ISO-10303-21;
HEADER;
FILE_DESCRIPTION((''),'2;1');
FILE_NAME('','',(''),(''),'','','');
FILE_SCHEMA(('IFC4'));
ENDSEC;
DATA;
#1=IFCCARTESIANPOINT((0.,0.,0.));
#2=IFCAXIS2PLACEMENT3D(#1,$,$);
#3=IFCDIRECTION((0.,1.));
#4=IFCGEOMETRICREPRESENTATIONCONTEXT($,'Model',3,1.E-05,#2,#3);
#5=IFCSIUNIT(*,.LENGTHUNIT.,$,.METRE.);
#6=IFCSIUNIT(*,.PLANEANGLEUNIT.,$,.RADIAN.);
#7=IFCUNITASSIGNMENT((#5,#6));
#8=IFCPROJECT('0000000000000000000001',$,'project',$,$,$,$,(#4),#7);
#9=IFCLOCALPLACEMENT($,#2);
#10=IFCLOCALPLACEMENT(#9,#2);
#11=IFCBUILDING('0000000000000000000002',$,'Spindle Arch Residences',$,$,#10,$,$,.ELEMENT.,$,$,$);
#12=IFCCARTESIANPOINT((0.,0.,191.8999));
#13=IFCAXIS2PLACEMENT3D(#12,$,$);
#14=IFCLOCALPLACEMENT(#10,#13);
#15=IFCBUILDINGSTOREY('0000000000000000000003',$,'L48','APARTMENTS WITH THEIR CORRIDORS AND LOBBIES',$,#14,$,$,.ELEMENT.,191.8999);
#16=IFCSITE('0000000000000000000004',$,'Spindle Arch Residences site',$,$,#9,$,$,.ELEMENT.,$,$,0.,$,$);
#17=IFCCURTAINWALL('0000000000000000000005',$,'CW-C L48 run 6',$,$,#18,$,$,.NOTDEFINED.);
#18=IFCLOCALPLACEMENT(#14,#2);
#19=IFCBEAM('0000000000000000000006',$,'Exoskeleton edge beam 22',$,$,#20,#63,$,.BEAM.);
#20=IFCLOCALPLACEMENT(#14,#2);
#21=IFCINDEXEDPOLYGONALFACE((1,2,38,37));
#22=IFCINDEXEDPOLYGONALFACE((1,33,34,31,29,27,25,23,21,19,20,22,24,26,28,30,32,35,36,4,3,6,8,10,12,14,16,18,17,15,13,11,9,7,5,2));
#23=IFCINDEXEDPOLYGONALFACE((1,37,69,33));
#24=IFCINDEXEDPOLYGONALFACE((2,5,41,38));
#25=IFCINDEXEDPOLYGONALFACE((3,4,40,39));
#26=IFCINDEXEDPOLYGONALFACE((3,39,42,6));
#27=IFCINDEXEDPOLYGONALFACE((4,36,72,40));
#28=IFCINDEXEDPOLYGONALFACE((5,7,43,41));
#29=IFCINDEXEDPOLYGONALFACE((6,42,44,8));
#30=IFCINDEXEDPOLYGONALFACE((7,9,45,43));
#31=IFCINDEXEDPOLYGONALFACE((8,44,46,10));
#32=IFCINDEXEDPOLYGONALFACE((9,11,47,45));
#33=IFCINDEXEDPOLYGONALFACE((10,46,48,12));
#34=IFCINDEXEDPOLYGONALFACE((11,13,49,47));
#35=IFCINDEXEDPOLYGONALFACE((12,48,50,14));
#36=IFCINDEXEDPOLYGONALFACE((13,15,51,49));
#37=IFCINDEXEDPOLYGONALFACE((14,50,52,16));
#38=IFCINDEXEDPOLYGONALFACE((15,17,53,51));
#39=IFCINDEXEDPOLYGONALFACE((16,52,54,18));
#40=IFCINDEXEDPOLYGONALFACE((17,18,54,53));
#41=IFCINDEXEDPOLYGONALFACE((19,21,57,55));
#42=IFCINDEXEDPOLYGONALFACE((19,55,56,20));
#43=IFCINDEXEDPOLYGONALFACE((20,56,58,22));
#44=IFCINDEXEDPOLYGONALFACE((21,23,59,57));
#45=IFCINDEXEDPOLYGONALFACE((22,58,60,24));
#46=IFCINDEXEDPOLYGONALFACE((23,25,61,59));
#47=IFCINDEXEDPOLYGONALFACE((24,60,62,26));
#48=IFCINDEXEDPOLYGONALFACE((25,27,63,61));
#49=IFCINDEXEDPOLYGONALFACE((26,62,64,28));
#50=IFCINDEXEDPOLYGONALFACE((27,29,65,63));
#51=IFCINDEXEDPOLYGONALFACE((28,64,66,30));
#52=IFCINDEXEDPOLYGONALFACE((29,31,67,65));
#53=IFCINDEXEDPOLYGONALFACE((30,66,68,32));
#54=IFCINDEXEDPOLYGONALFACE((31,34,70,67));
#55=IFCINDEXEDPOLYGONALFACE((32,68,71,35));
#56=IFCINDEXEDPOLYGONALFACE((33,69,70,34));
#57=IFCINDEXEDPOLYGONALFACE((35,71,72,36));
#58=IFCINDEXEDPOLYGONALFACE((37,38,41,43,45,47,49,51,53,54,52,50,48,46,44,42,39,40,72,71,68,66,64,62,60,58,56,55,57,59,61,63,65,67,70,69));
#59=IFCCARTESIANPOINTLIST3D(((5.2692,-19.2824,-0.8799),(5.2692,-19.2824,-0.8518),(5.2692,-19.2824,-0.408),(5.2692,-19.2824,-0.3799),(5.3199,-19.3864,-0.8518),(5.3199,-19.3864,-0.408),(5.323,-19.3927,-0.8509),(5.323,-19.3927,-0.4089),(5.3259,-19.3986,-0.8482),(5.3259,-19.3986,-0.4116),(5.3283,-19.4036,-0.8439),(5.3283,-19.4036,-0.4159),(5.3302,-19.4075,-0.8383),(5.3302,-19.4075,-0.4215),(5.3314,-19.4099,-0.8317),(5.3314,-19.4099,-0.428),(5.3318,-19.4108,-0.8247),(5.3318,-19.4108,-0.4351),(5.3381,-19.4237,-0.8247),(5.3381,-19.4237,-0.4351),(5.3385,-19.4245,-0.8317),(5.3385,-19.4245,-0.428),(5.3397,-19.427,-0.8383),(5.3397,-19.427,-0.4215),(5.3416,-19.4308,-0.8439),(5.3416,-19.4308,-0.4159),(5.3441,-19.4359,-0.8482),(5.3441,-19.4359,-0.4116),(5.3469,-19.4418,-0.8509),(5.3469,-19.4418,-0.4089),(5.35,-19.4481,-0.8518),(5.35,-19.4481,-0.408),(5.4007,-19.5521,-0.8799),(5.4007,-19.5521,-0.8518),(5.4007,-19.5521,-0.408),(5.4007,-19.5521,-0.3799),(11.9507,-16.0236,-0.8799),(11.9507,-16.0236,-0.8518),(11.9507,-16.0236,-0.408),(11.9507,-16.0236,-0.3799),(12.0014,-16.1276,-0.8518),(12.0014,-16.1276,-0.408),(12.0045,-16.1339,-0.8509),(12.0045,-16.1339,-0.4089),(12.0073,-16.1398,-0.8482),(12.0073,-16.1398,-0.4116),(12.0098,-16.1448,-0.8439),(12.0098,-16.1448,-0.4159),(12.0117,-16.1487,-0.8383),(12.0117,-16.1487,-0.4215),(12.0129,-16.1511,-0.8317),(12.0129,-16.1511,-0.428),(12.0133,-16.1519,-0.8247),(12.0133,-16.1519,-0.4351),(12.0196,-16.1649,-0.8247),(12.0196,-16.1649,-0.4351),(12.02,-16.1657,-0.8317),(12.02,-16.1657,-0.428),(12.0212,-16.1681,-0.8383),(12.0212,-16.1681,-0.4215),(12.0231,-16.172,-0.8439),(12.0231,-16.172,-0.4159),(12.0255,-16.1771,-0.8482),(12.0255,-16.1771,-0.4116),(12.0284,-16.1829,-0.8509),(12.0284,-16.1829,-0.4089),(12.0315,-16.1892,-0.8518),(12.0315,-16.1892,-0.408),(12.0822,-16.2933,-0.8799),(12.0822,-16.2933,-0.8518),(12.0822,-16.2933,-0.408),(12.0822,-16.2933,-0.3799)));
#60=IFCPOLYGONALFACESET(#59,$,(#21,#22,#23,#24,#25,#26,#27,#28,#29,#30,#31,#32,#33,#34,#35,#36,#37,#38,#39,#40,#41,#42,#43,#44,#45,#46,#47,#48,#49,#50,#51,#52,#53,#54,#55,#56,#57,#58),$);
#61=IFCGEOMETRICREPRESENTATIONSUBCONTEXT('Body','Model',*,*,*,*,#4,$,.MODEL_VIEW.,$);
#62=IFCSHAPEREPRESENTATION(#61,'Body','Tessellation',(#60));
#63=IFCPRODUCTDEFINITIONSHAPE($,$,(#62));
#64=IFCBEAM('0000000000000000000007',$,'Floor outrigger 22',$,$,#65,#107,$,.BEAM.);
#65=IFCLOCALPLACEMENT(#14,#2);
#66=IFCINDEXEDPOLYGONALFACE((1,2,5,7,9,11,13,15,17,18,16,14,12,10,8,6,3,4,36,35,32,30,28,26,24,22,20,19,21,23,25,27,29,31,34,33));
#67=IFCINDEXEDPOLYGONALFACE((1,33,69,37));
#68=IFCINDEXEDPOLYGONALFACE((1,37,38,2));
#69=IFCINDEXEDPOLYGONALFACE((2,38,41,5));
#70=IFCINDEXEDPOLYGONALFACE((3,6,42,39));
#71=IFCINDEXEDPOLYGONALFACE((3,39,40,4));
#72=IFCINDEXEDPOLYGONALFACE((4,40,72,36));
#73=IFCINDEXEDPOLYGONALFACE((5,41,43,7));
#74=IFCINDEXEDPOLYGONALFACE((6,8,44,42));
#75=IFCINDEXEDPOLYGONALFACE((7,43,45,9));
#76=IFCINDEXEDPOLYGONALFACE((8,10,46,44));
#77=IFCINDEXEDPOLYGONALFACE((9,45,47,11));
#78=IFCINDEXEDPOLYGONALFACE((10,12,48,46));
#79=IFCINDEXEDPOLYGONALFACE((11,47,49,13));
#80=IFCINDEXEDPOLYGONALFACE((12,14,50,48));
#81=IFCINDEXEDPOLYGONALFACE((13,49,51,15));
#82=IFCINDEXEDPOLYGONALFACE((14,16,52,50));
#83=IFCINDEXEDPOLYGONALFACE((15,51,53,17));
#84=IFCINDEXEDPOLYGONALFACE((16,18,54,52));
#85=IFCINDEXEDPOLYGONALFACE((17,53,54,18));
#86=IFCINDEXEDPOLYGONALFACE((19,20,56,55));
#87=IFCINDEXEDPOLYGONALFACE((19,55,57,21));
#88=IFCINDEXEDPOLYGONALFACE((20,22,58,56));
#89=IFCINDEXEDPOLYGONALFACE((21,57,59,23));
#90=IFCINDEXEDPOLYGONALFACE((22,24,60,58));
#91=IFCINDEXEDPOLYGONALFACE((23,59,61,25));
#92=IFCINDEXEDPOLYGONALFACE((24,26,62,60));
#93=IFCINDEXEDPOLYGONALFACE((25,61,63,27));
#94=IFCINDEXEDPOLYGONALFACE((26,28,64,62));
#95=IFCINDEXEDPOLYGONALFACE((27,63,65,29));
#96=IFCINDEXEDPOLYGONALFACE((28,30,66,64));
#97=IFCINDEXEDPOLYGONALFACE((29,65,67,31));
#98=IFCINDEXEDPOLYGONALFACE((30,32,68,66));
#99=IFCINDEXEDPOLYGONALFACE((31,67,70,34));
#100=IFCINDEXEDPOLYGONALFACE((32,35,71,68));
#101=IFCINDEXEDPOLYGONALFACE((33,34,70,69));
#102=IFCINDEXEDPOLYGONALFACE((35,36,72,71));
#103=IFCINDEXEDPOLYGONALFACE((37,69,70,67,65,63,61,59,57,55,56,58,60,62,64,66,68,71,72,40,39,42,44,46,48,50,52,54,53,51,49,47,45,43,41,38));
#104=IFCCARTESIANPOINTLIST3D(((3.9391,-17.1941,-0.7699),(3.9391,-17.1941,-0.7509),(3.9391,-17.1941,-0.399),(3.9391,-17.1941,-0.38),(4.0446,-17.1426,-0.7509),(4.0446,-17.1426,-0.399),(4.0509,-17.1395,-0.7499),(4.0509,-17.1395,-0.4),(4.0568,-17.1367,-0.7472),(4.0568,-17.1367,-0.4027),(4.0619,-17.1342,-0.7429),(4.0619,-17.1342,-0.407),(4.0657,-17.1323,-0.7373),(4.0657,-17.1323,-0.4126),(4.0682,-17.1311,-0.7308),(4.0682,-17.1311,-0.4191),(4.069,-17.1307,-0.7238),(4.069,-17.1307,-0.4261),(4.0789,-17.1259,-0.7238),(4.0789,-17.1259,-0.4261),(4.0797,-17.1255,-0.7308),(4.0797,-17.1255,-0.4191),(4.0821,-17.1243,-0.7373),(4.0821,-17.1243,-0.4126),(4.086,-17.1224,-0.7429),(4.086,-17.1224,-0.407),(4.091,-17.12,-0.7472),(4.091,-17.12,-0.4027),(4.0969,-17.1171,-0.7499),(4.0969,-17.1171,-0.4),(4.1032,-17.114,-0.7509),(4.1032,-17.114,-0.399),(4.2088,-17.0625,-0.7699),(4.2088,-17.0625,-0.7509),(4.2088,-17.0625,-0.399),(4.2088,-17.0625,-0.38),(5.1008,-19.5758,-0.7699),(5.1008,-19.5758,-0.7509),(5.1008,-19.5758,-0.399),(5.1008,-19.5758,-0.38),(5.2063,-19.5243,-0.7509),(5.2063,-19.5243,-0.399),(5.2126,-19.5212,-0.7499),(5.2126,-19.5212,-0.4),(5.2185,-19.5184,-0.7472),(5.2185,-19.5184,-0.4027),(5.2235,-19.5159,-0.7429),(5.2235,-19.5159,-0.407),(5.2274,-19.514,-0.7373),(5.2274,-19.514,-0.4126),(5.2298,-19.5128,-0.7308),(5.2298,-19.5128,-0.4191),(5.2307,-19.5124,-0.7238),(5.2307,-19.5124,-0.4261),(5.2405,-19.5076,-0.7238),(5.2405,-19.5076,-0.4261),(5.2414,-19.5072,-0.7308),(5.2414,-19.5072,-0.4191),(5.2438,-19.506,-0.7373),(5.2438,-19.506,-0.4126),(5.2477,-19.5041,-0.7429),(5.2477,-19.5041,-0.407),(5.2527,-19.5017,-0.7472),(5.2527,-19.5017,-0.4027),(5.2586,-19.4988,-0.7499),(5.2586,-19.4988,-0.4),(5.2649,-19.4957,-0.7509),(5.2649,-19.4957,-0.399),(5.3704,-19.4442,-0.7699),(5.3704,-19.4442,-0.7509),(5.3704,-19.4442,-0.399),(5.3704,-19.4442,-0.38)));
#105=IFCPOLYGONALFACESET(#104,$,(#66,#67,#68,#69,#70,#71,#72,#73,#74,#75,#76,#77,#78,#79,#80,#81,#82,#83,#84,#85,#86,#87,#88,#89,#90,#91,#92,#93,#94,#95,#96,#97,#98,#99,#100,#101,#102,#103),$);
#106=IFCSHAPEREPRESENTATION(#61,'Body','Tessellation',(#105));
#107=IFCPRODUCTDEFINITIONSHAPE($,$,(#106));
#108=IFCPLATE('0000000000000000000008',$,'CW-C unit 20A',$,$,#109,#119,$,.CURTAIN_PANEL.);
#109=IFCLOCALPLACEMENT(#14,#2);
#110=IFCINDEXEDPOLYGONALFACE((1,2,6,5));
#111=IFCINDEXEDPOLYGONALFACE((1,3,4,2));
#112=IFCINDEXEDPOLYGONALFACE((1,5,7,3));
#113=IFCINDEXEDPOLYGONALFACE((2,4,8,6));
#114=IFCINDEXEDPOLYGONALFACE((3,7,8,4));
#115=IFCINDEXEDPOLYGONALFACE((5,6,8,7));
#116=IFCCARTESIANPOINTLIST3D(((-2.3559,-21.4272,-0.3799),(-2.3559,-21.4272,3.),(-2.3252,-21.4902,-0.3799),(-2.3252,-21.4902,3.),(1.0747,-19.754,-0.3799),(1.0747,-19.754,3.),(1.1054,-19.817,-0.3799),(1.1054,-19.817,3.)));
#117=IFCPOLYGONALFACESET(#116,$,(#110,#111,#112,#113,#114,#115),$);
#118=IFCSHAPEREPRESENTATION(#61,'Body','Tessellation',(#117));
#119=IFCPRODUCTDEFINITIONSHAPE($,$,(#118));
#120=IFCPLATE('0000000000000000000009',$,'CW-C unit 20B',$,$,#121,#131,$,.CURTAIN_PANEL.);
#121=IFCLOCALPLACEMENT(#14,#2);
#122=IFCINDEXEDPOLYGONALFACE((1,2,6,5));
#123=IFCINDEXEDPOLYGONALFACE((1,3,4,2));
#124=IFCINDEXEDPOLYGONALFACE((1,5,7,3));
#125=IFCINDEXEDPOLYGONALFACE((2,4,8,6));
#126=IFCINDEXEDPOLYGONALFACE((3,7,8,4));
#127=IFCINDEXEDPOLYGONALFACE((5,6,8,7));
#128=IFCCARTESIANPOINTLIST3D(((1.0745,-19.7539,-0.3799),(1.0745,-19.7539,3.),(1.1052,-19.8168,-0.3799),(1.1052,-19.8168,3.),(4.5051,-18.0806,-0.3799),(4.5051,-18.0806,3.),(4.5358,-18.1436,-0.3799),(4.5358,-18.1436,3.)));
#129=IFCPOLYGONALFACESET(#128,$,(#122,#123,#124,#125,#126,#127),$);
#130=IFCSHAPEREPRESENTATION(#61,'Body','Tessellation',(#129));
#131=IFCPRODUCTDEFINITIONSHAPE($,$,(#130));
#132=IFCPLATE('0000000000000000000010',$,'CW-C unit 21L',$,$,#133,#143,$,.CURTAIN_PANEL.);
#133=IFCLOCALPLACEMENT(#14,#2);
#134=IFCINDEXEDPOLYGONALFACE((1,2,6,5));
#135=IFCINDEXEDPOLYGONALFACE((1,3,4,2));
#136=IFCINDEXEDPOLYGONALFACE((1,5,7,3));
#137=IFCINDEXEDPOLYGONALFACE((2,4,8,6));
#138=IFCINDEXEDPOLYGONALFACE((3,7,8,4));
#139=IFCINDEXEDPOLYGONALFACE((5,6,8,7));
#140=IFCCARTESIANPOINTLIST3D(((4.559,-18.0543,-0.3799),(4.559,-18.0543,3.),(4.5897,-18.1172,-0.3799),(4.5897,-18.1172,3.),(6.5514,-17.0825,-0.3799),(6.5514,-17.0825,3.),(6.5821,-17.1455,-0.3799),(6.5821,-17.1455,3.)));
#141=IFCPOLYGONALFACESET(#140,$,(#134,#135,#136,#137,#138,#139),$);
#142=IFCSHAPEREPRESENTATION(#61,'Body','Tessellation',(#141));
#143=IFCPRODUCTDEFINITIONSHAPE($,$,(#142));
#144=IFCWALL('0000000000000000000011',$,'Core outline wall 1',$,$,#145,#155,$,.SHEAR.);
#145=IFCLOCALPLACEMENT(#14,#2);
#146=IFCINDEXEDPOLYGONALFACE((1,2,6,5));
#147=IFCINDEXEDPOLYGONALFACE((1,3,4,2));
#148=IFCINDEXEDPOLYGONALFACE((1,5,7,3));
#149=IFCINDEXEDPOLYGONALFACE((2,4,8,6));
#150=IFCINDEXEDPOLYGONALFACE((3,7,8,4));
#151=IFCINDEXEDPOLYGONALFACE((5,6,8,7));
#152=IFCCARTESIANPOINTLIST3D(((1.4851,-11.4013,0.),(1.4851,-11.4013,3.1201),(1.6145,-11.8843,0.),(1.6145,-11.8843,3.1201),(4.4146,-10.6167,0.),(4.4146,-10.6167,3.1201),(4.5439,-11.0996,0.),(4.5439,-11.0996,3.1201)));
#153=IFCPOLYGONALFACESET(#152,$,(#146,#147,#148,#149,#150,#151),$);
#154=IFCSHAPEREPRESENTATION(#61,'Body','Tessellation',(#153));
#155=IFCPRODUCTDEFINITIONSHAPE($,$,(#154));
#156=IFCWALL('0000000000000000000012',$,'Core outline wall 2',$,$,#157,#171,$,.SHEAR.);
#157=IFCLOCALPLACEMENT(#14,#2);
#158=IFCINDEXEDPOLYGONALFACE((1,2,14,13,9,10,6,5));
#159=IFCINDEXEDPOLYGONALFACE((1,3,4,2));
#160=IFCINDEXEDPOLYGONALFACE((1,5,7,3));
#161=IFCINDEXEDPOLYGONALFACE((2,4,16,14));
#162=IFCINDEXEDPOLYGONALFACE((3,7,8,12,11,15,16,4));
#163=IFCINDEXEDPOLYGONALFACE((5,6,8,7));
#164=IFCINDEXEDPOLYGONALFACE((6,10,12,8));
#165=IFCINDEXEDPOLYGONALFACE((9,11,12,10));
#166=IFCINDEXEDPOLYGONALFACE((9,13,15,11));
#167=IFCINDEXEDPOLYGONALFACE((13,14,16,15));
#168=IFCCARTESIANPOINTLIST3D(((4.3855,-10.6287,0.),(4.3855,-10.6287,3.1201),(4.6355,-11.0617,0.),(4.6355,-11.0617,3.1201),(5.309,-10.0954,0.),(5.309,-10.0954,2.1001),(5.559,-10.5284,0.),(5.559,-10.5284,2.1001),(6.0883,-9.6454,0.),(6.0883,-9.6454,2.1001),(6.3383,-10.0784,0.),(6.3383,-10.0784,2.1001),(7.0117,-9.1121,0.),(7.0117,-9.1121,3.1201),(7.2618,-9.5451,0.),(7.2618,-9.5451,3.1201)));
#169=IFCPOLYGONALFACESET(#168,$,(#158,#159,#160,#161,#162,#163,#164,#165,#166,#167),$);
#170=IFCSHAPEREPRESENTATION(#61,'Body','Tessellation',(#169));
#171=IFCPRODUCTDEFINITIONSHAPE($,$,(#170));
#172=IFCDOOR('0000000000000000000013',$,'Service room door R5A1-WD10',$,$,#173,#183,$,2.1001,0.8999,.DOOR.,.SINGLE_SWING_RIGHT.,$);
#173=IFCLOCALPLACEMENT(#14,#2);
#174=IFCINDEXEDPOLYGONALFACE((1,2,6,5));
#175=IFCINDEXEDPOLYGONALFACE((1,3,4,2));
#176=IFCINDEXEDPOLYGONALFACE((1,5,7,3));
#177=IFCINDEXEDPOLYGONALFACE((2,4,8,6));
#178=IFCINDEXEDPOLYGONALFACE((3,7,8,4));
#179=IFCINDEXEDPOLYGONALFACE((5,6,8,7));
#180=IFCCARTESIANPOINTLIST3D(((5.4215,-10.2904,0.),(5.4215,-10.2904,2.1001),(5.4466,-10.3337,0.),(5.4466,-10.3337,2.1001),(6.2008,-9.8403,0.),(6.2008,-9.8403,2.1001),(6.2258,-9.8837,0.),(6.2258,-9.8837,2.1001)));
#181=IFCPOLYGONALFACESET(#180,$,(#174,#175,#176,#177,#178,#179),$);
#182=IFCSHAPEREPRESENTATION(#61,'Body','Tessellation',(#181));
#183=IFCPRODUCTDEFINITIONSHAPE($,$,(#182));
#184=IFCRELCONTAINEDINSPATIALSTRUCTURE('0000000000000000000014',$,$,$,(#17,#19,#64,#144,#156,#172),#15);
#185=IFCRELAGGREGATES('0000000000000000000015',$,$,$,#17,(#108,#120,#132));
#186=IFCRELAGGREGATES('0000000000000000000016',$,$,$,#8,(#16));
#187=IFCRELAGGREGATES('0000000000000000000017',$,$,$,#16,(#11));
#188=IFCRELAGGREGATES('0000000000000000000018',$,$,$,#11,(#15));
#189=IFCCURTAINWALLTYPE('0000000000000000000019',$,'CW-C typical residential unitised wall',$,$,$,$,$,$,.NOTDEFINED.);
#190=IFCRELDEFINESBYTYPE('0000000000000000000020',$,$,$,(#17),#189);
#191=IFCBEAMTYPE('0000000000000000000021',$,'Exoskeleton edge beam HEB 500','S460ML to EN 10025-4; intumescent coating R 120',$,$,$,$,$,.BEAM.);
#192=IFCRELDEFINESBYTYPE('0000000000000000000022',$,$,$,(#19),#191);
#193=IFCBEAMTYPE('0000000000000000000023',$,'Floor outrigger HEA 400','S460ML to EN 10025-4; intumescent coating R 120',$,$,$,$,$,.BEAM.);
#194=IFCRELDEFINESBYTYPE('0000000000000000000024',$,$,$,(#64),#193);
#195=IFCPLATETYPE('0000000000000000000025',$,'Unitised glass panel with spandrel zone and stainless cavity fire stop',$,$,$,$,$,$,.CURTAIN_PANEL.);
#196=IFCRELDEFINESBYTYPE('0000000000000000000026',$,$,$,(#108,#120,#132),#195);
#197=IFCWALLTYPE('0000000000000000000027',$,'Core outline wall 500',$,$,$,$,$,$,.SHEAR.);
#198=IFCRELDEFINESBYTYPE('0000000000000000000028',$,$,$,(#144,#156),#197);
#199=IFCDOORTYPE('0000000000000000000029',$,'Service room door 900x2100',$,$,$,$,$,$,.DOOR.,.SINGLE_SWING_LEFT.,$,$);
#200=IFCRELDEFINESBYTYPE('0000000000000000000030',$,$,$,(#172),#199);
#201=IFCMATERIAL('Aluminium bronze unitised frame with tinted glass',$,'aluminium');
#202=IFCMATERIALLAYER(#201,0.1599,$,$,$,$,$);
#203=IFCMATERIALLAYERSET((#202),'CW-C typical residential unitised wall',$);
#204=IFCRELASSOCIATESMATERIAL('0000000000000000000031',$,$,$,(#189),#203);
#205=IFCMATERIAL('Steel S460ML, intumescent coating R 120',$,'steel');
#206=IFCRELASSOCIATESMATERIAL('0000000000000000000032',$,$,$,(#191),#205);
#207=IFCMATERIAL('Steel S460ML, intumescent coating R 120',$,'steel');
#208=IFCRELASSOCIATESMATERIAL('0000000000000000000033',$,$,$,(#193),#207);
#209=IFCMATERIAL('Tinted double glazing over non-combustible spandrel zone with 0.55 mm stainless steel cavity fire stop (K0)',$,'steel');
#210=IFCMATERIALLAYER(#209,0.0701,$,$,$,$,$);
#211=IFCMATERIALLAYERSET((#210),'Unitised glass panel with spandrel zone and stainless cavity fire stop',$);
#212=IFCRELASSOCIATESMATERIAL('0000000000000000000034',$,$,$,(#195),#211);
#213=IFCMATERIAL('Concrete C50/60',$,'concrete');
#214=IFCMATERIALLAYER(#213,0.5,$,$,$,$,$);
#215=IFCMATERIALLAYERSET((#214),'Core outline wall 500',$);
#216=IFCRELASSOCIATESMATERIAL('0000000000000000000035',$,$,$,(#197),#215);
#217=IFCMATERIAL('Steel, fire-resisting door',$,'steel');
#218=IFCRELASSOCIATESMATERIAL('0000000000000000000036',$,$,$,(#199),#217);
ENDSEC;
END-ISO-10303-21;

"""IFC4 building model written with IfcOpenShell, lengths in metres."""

from ifc_helpers import new_model, si_unit, direction, frame, frame_2d, origin, origin_2d, place, context, subcontext, project, spatial, rectangle, i_section, extrude, material, layer, layer_set, material_profile, profile_set, type_object, element, fill, aggregate, save


model = new_model("IFC4")

# Units and contexts
model_context = context("Model", 3, precision=1e-05, world=origin(), true_north=direction((0.0, 1.0)))
body_context = subcontext(model_context, "Body", "Model", "MODEL_VIEW")
ifc_project = project(units=[si_unit("LENGTHUNIT", "METRE"), si_unit("PLANEANGLEUNIT", "RADIAN")], contexts=[model_context])

# Site, building, storey
site_placement = place(None, origin())
site = spatial("IfcSite", under=ifc_project, at=site_placement, Name="Spindle Arch Residences site", CompositionType="ELEMENT", RefElevation=0.0)
building_placement = place(site_placement, origin())
building = spatial("IfcBuilding", under=site, at=building_placement, Name="Spindle Arch Residences", CompositionType="ELEMENT")
storey_placement = place(building_placement, frame((0.0, 0.0, 191.8999)))
storey = spatial("IfcBuildingStorey", under=building, at=storey_placement, Name="L48", Description="APARTMENTS WITH THEIR CORRIDORS AND LOBBIES", CompositionType="ELEMENT", Elevation=191.8999)

# Curtain wall
ifc_material_1 = material(Name="Aluminium bronze unitised frame with tinted glass", Category="aluminium")
ifc_layer_1 = layer(ifc_material_1, 0.1599)
ifc_layer_set_1 = layer_set([ifc_layer_1], Name="CW-C typical residential unitised wall")
curtain_wall_type = type_object("IfcCurtainWallType", Name="CW-C typical residential unitised wall", PredefinedType="NOTDEFINED", material=ifc_layer_set_1)
curtain_wall_placement = place(storey_placement, origin())
curtain_wall = element("IfcCurtainWall", 1, at=curtain_wall_placement, inside=storey, type_object=curtain_wall_type, Name="CW-C L48 run 6", PredefinedType="NOTDEFINED")

# Beams
ifc_material_2 = material(Name="Steel S460ML, intumescent coating R 120", Category="steel")
ifc_material_profile_1 = material_profile(ifc_material_2, i_section(OverallWidth=0.3, OverallDepth=0.5, WebThickness=0.0144, FlangeThickness=0.0281, FilletRadius=0.0271, at=origin_2d()), Name="HEB 500")
ifc_profile_set_1 = profile_set([ifc_material_profile_1], Name="Steel S460ML, intumescent coating R 120")
beam_type_1 = type_object("IfcBeamType", Name="Exoskeleton edge beam HEB 500", Description="S460ML to EN 10025-4; intumescent coating R 120", PredefinedType="BEAM", material=ifc_profile_set_1)
beam_1_placement = place(storey_placement, frame((5.335, -19.4172, -0.6299), z_axis=(0.898791, 0.438377, 0.0), x_axis=(-0.438377, 0.898791, 0.0)))
element("IfcBeam", 2, at=beam_1_placement, inside=storey, type_object=beam_type_1, Name="Exoskeleton edge beam 22", PredefinedType="BEAM", context=body_context, shape_type="SweptSolid", body=[
    extrude(i_section(OverallWidth=0.3, OverallDepth=0.5, WebThickness=0.0144, FlangeThickness=0.0281, FilletRadius=0.0271, at=origin_2d()), origin(), (0.0, 0.0, 1.0), 7.4338),
])
ifc_material_3 = material(Name="Steel S460ML, intumescent coating R 120", Category="steel")
ifc_material_profile_2 = material_profile(ifc_material_3, i_section(OverallWidth=0.3, OverallDepth=0.3899, WebThickness=0.011, FlangeThickness=0.019, FilletRadius=0.0271, at=origin_2d()), Name="HEA 400")
ifc_profile_set_2 = profile_set([ifc_material_profile_2], Name="Steel S460ML, intumescent coating R 120")
beam_type_2 = type_object("IfcBeamType", Name="Floor outrigger HEA 400", Description="S460ML to EN 10025-4; intumescent coating R 120", PredefinedType="BEAM", material=ifc_profile_set_2)
beam_2_placement = place(storey_placement, frame((5.2356, -19.51, -0.575), z_axis=(-0.438384, 0.898788, 0.0), x_axis=(-0.898788, -0.438384, 0.0)))
element("IfcBeam", 3, at=beam_2_placement, inside=storey, type_object=beam_type_2, Name="Floor outrigger 22", PredefinedType="BEAM", context=body_context, shape_type="SweptSolid", body=[
    extrude(i_section(OverallWidth=0.3, OverallDepth=0.3899, WebThickness=0.011, FlangeThickness=0.019, FilletRadius=0.0271, at=origin_2d()), origin(), (0.0, 0.0, 1.0), 2.6499),
])

# Plates
ifc_material_4 = material(Name="Tinted double glazing over non-combustible spandrel zone with 0.55 mm stainless steel cavity fire stop (K0)", Category="steel")
ifc_layer_2 = layer(ifc_material_4, 0.0701)
ifc_layer_set_2 = layer_set([ifc_layer_2], Name="Unitised glass panel with spandrel zone and stainless cavity fire stop")
plate_type = type_object("IfcPlateType", Name="Unitised glass panel with spandrel zone and stainless cavity fire stop", PredefinedType="CURTAIN_PANEL", material=ifc_layer_set_2)
plate_1_placement = place(storey_placement, frame((-0.6252, -20.6221, -0.3799), z_axis=(0.0, 0.0, 1.0), x_axis=(0.898794, 0.438371, 0.0)))
plate_1 = element("IfcPlate", 4, at=plate_1_placement, type_object=plate_type, Name="CW-C unit 20A", PredefinedType="CURTAIN_PANEL", context=body_context, shape_type="SweptSolid", body=[
    extrude(rectangle(XDim=3.8169, YDim=0.0701, at=origin_2d()), origin(), (0.0, 0.0, 1.0), 3.3799),
])
plate_2_placement = place(storey_placement, frame((2.8052, -18.9487, -0.3799), z_axis=(0.0, 0.0, 1.0), x_axis=(0.898794, 0.438371, 0.0)))
plate_2 = element("IfcPlate", 5, at=plate_2_placement, type_object=plate_type, Name="CW-C unit 20B", PredefinedType="CURTAIN_PANEL", context=body_context, shape_type="SweptSolid", body=[
    extrude(rectangle(XDim=3.8169, YDim=0.0701, at=origin_2d()), origin(), (0.0, 0.0, 1.0), 3.3799),
])
plate_3_placement = place(storey_placement, frame((5.5706, -17.5999, -0.3799), z_axis=(0.0, 0.0, 1.0), x_axis=(0.898794, 0.438371, 0.0)))
plate_3 = element("IfcPlate", 6, at=plate_3_placement, type_object=plate_type, Name="CW-C unit 21L", PredefinedType="CURTAIN_PANEL", context=body_context, shape_type="SweptSolid", body=[
    extrude(rectangle(XDim=2.2168, YDim=0.0701, at=origin_2d()), origin(), (0.0, 0.0, 1.0), 3.3799),
])
aggregate(curtain_wall, [plate_1, plate_2, plate_3])

# Wall
ifc_material_5 = material(Name="Concrete C50/60", Category="concrete")
ifc_layer_3 = layer(ifc_material_5, 0.5)
ifc_layer_set_3 = layer_set([ifc_layer_3], Name="Core outline wall 500")
wall_type_1 = type_object("IfcWallType", Name="Core outline wall 500", PredefinedType="SHEAR", material=ifc_layer_set_3)
wall_1_placement = place(storey_placement, frame((1.5498, -11.6428, 0.0), z_axis=(0.0, 0.0, 1.0), x_axis=(0.965948, 0.258735, 0.0)))
element("IfcWall", 7, at=wall_1_placement, inside=storey, type_object=wall_type_1, Name="Core outline wall 1", PredefinedType="SHEAR", context=body_context, shape_type="SweptSolid", body=[
    extrude(rectangle(XDim=3.0327, YDim=0.5, at=frame_2d((1.5164, 0.0))), origin(), (0.0, 0.0, 1.0), 3.1201),
])

# Wall, opening, door
wall_2_placement = place(storey_placement, frame((4.5105, -10.8452, 0.0), z_axis=(0.0, 0.0, 1.0), x_axis=(0.865975, 0.500087, 0.0)))
wall_2 = element("IfcWall", 8, at=wall_2_placement, inside=storey, type_object=wall_type_1, Name="Core outline wall 2", PredefinedType="SHEAR", context=body_context, shape_type="SweptSolid", body=[
    extrude(rectangle(XDim=3.0327, YDim=0.5, at=frame_2d((1.5164, 0.0))), origin(), (0.0, 0.0, 1.0), 3.1201),
])
opening_1_placement = place(wall_2_placement, frame((1.0664, 0.0, 0.0)))
opening_1 = element("IfcOpeningElement", 9, at=opening_1_placement, cuts=wall_2, PredefinedType="OPENING", context=body_context, shape_type="SweptSolid", body=[
    extrude(rectangle(XDim=0.8999, YDim=2.1001, at=frame_2d((0.45, 1.05))), frame((0.0, 0.26, 0.0), z_axis=(0.0, -1.0, 0.0), x_axis=(1.0, 0.0, 0.0)), (0.0, 0.0, 1.0), 0.52),
])
ifc_material_6 = material(Name="Steel, fire-resisting door", Category="steel")
door_type_1 = type_object("IfcDoorType", Name="Service room door 900x2100", OperationType="SINGLE_SWING_LEFT", PredefinedType="DOOR", material=ifc_material_6)
door_1_placement = place(opening_1_placement, origin())
door_1 = element("IfcDoor", 10, at=door_1_placement, inside=storey, type_object=door_type_1, Name="Service room door R5A1-WD10", OperationType="SINGLE_SWING_RIGHT", OverallHeight=2.1001, OverallWidth=0.8999, PredefinedType="DOOR", context=body_context, shape_type="SweptSolid", body=[
    extrude(rectangle(XDim=0.8999, YDim=2.1001, at=frame_2d((0.45, 1.05))), frame((0.0, 0.0249, 0.0), z_axis=(0.0, -1.0, 0.0), x_axis=(1.0, 0.0, 0.0)), (0.0, 0.0, 1.0), 0.05),
])
fill(opening_1, door_1)

save(model, "model.ifc")
